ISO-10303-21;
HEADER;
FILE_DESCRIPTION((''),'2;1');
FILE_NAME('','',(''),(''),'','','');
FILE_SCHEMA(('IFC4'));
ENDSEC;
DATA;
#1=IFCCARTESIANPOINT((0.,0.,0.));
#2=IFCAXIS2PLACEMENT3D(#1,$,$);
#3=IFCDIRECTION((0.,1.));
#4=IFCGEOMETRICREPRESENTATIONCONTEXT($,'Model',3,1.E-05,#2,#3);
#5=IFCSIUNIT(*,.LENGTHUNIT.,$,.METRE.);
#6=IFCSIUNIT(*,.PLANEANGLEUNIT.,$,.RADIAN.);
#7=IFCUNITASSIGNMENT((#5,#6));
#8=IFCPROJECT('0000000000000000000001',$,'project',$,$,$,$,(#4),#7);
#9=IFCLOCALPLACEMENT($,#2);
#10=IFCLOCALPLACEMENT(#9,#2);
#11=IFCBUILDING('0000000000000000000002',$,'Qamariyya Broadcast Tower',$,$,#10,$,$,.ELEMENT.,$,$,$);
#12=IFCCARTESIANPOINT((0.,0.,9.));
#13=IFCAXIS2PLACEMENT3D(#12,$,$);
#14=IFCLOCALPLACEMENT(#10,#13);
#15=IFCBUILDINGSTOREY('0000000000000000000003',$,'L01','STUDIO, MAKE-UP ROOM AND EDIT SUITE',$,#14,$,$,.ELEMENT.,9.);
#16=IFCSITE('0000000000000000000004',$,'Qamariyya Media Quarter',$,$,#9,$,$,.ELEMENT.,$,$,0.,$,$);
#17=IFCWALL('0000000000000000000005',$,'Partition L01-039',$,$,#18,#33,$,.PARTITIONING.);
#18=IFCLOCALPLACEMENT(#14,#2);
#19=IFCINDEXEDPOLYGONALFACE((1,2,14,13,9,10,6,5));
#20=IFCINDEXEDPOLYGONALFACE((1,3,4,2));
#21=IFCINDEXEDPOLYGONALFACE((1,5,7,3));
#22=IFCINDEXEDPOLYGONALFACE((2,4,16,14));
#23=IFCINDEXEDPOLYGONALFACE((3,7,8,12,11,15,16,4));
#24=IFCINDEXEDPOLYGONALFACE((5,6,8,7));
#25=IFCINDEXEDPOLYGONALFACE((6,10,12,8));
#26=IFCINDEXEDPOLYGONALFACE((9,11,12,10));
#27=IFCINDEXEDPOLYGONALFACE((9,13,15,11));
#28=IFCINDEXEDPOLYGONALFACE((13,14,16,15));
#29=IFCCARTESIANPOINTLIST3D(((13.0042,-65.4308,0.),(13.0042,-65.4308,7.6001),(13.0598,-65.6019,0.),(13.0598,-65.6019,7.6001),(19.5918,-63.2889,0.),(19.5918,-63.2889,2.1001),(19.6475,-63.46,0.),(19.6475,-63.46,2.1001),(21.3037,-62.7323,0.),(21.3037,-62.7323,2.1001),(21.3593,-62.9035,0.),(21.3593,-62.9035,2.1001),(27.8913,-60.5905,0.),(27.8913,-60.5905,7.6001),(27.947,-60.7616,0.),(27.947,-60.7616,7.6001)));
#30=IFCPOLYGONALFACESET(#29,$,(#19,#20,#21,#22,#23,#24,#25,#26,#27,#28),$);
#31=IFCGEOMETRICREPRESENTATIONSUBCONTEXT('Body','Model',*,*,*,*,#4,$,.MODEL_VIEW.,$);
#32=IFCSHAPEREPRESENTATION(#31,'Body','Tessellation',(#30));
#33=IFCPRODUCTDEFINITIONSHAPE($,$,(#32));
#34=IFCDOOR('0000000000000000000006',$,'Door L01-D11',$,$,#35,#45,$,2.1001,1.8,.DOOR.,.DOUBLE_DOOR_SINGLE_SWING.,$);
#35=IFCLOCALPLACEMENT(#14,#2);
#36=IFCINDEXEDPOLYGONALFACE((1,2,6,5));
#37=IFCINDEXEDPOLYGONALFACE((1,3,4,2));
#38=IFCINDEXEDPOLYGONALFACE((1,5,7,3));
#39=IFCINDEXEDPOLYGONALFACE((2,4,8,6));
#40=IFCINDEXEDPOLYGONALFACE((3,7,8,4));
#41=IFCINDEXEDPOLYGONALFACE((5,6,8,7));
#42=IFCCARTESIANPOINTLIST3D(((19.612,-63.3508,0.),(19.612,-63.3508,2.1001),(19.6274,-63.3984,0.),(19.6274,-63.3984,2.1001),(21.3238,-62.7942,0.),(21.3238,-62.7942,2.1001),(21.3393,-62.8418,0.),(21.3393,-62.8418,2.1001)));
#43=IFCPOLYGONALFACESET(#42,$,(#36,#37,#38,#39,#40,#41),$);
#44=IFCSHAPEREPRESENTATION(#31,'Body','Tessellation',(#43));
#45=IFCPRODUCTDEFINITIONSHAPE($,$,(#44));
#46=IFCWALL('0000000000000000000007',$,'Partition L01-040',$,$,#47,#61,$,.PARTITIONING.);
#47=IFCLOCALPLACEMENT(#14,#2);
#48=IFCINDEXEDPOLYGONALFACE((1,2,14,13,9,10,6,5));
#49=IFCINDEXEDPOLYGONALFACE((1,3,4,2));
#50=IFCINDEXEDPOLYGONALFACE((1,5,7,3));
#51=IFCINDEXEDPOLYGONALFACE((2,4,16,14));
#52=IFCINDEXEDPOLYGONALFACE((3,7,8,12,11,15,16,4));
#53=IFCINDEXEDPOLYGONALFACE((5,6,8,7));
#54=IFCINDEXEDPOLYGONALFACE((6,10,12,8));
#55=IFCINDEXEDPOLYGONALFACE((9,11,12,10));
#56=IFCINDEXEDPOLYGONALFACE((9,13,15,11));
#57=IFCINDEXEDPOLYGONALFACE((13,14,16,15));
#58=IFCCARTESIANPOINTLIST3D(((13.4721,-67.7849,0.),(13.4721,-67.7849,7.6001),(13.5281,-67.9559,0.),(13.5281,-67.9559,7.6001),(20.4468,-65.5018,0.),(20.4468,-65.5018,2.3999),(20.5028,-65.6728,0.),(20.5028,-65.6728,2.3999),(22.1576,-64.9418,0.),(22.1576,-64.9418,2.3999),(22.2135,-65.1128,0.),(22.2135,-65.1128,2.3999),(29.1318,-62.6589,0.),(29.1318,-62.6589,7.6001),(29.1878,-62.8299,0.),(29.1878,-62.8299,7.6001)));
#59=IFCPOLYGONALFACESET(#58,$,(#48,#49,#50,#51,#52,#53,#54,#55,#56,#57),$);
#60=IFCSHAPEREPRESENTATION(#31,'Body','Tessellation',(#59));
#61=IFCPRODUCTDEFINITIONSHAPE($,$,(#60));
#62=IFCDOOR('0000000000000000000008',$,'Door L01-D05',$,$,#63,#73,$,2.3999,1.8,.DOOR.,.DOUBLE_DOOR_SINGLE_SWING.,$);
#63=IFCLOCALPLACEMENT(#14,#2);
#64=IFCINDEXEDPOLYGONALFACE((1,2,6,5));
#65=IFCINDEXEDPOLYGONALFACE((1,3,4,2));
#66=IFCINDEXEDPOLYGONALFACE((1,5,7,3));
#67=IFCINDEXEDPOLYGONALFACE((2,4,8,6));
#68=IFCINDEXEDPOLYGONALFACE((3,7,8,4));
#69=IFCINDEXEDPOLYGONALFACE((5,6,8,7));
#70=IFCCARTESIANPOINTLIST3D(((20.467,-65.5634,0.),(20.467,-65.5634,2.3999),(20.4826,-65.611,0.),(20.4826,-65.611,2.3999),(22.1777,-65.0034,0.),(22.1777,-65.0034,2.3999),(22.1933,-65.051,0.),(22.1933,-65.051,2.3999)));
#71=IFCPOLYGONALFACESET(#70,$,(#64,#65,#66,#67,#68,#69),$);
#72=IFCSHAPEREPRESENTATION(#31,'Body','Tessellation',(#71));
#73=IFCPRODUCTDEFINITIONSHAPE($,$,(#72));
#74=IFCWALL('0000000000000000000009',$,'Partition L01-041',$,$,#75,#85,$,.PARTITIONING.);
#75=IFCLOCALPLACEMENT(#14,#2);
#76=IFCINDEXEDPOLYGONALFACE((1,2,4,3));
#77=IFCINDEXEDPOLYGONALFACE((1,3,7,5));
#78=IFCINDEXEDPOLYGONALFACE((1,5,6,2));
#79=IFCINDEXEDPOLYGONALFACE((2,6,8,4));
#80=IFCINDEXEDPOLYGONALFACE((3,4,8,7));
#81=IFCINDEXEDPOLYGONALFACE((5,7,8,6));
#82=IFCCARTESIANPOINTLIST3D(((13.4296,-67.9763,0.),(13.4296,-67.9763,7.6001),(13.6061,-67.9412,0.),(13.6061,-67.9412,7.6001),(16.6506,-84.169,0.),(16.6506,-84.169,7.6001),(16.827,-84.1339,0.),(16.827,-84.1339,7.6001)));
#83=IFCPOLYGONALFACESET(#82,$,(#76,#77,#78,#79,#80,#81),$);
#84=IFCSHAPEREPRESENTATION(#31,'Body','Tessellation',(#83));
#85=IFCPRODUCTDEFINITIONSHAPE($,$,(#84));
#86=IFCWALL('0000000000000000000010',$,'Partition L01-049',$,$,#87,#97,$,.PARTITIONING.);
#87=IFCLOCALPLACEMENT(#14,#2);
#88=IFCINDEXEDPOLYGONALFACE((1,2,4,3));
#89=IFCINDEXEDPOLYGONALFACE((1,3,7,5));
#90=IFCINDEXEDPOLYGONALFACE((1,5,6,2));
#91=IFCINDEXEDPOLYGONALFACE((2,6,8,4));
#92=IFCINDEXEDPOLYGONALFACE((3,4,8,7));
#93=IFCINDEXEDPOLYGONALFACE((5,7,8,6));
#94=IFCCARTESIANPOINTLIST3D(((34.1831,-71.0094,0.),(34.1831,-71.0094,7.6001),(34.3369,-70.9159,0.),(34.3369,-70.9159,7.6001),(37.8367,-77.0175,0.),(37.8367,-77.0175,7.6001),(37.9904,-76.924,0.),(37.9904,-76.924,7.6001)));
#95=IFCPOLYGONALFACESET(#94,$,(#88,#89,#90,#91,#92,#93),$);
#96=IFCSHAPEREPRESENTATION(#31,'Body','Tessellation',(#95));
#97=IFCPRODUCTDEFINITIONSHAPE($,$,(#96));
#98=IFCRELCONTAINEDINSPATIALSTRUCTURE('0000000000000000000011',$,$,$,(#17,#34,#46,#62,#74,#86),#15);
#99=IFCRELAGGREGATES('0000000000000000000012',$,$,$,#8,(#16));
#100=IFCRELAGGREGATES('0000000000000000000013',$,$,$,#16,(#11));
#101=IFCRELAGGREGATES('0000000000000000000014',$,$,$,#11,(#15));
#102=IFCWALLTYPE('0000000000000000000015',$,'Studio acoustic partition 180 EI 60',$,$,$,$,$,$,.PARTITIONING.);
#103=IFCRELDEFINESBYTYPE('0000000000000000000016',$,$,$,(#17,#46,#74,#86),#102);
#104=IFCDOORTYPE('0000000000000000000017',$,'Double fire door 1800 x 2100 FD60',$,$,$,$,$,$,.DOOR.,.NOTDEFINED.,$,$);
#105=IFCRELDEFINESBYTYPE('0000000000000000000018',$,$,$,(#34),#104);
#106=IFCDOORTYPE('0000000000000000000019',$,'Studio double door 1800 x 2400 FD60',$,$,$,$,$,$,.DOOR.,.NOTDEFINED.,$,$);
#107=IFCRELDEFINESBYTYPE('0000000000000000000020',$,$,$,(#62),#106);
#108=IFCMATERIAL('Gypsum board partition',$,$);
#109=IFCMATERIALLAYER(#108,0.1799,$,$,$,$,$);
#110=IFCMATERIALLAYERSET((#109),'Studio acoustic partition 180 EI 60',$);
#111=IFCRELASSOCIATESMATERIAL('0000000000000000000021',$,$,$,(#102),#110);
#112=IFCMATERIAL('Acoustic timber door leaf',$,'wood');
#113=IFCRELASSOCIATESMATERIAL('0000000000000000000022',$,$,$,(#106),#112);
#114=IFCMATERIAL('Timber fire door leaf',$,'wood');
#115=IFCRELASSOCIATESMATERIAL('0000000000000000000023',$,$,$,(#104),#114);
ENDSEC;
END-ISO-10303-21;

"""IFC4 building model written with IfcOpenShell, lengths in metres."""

from ifc_helpers import new_model, si_unit, direction, frame, frame_2d, origin, place, context, subcontext, project, spatial, rectangle, extrude, material, layer, layer_set, type_object, element, fill, save


model = new_model("IFC4")

# Units and contexts
model_context = context("Model", 3, precision=1e-05, world=origin(), true_north=direction((0.0, 1.0)))
body_context = subcontext(model_context, "Body", "Model", "MODEL_VIEW")
ifc_project = project(units=[si_unit("LENGTHUNIT", "METRE"), si_unit("PLANEANGLEUNIT", "RADIAN")], contexts=[model_context])

# Site, building, storey
site_placement = place(None, origin())
site = spatial("IfcSite", under=ifc_project, at=site_placement, Name="Qamariyya Media Quarter", CompositionType="ELEMENT", RefElevation=0.0)
building_placement = place(site_placement, origin())
building = spatial("IfcBuilding", under=site, at=building_placement, Name="Qamariyya Broadcast Tower", CompositionType="ELEMENT")
storey_placement = place(building_placement, frame((0.0, 0.0, 9.0)))
storey = spatial("IfcBuildingStorey", under=building, at=storey_placement, Name="L01", Description="STUDIO, MAKE-UP ROOM AND EDIT SUITE", CompositionType="ELEMENT", Elevation=9.0)

# Shared definitions
ifc_material_1 = material(Name="Gypsum board partition")
ifc_layer_1 = layer(ifc_material_1, 0.1799)
ifc_layer_set_1 = layer_set([ifc_layer_1], Name="Studio acoustic partition 180 EI 60")
wall_type_1 = type_object("IfcWallType", Name="Studio acoustic partition 180 EI 60", PredefinedType="PARTITIONING", material=ifc_layer_set_1)
ifc_material_2 = material(Name="Acoustic timber door leaf", Category="wood")
door_type_1 = type_object("IfcDoorType", Name="Studio double door 1800 x 2400 FD60", OperationType="NOTDEFINED", PredefinedType="DOOR", material=ifc_material_2)
ifc_material_3 = material(Name="Timber fire door leaf", Category="wood")

# Walls, openings, doors
wall_1_placement = place(storey_placement, frame((13.032, -65.5164, 0.0), z_axis=(0.0, 0.0, 1.0), x_axis=(0.950997, 0.309201, 0.0)))
wall_1 = element("IfcWall", 1, at=wall_1_placement, inside=storey, type_object=wall_type_1, Name="Partition L01-039", PredefinedType="PARTITIONING", context=body_context, shape_type="SweptSolid", body=[
    extrude(rectangle(XDim=15.6543, YDim=0.1799, at=frame_2d((7.8271, 0.0))), origin(), (0.0, 0.0, 1.0), 7.6001),
])
opening_1_placement = place(wall_1_placement, frame((6.9272, 0.0, 0.0)))
opening_1 = element("IfcOpeningElement", 2, at=opening_1_placement, cuts=wall_1, PredefinedType="OPENING", context=body_context, shape_type="SweptSolid", body=[
    extrude(rectangle(XDim=1.8, YDim=2.1001, at=frame_2d((0.8999, 1.05))), frame((0.0, 0.0999, 0.0), z_axis=(0.0, -1.0, 0.0), x_axis=(1.0, 0.0, 0.0)), (0.0, 0.0, 1.0), 0.2),
])
door_type_2 = type_object("IfcDoorType", Name="Double fire door 1800 x 2100 FD60", OperationType="NOTDEFINED", PredefinedType="DOOR", material=ifc_material_3)
door_1_placement = place(opening_1_placement, origin())
door_1 = element("IfcDoor", 3, at=door_1_placement, inside=storey, type_object=door_type_2, Name="Door L01-D11", OperationType="DOUBLE_DOOR_SINGLE_SWING", OverallHeight=2.1001, OverallWidth=1.8, PredefinedType="DOOR", context=body_context, shape_type="SweptSolid", body=[
    extrude(rectangle(XDim=1.8, YDim=2.1001, at=frame_2d((0.8999, 1.05))), frame((0.0, 0.0249, 0.0), z_axis=(0.0, -1.0, 0.0), x_axis=(1.0, 0.0, 0.0)), (0.0, 0.0, 1.0), 0.05),
])
fill(opening_1, door_1)
wall_2_placement = place(storey_placement, frame((29.1599, -62.7444, 0.0), z_axis=(0.0, 0.0, 1.0), x_axis=(-0.950379, -0.311094, 0.0)))
wall_2 = element("IfcWall", 4, at=wall_2_placement, inside=storey, type_object=wall_type_1, Name="Partition L01-040", PredefinedType="PARTITIONING", context=body_context, shape_type="SweptSolid", body=[
    extrude(rectangle(XDim=16.4773, YDim=0.1799, at=frame_2d((8.2388, 0.0))), origin(), (0.0, 0.0, 1.0), 7.6001),
])
opening_2_placement = place(wall_2_placement, frame((7.3386, 0.0, 0.0)))
opening_2 = element("IfcOpeningElement", 5, at=opening_2_placement, cuts=wall_2, PredefinedType="OPENING", context=body_context, shape_type="SweptSolid", body=[
    extrude(rectangle(XDim=1.8, YDim=2.3999, at=frame_2d((0.8999, 1.2))), frame((0.0, 0.0999, 0.0), z_axis=(0.0, -1.0, 0.0), x_axis=(1.0, 0.0, 0.0)), (0.0, 0.0, 1.0), 0.2),
])
door_2_placement = place(opening_2_placement, origin())
door_2 = element("IfcDoor", 6, at=door_2_placement, inside=storey, type_object=door_type_1, Name="Door L01-D05", OperationType="DOUBLE_DOOR_SINGLE_SWING", OverallHeight=2.3999, OverallWidth=1.8, PredefinedType="DOOR", context=body_context, shape_type="SweptSolid", body=[
    extrude(rectangle(XDim=1.8, YDim=2.3999, at=frame_2d((0.8999, 1.2))), frame((0.0, 0.0249, 0.0), z_axis=(0.0, -1.0, 0.0), x_axis=(1.0, 0.0, 0.0)), (0.0, 0.0, 1.0), 0.05),
])
fill(opening_2, door_2)

# Walls
wall_3_placement = place(storey_placement, frame((16.7388, -84.1514, 0.0), z_axis=(0.0, 0.0, 1.0), x_axis=(-0.195089, 0.980785, 0.0)))
element("IfcWall", 7, at=wall_3_placement, inside=storey, type_object=wall_type_1, Name="Partition L01-041", PredefinedType="PARTITIONING", context=body_context, shape_type="SweptSolid", body=[
    extrude(rectangle(XDim=16.51, YDim=0.1799, at=frame_2d((8.2549, 0.0))), origin(), (0.0, 0.0, 1.0), 7.6001),
])
wall_4_placement = place(storey_placement, frame((34.26, -70.9626, 0.0), z_axis=(0.0, 0.0, 1.0), x_axis=(0.519582, -0.85442, 0.0)))
element("IfcWall", 8, at=wall_4_placement, inside=storey, type_object=wall_type_1, Name="Partition L01-049", PredefinedType="PARTITIONING", context=body_context, shape_type="SweptSolid", body=[
    extrude(rectangle(XDim=7.0317, YDim=0.1799, at=frame_2d((3.5159, 0.0))), origin(), (0.0, 0.0, 1.0), 7.6001),
])

save(model, "model.ifc")
